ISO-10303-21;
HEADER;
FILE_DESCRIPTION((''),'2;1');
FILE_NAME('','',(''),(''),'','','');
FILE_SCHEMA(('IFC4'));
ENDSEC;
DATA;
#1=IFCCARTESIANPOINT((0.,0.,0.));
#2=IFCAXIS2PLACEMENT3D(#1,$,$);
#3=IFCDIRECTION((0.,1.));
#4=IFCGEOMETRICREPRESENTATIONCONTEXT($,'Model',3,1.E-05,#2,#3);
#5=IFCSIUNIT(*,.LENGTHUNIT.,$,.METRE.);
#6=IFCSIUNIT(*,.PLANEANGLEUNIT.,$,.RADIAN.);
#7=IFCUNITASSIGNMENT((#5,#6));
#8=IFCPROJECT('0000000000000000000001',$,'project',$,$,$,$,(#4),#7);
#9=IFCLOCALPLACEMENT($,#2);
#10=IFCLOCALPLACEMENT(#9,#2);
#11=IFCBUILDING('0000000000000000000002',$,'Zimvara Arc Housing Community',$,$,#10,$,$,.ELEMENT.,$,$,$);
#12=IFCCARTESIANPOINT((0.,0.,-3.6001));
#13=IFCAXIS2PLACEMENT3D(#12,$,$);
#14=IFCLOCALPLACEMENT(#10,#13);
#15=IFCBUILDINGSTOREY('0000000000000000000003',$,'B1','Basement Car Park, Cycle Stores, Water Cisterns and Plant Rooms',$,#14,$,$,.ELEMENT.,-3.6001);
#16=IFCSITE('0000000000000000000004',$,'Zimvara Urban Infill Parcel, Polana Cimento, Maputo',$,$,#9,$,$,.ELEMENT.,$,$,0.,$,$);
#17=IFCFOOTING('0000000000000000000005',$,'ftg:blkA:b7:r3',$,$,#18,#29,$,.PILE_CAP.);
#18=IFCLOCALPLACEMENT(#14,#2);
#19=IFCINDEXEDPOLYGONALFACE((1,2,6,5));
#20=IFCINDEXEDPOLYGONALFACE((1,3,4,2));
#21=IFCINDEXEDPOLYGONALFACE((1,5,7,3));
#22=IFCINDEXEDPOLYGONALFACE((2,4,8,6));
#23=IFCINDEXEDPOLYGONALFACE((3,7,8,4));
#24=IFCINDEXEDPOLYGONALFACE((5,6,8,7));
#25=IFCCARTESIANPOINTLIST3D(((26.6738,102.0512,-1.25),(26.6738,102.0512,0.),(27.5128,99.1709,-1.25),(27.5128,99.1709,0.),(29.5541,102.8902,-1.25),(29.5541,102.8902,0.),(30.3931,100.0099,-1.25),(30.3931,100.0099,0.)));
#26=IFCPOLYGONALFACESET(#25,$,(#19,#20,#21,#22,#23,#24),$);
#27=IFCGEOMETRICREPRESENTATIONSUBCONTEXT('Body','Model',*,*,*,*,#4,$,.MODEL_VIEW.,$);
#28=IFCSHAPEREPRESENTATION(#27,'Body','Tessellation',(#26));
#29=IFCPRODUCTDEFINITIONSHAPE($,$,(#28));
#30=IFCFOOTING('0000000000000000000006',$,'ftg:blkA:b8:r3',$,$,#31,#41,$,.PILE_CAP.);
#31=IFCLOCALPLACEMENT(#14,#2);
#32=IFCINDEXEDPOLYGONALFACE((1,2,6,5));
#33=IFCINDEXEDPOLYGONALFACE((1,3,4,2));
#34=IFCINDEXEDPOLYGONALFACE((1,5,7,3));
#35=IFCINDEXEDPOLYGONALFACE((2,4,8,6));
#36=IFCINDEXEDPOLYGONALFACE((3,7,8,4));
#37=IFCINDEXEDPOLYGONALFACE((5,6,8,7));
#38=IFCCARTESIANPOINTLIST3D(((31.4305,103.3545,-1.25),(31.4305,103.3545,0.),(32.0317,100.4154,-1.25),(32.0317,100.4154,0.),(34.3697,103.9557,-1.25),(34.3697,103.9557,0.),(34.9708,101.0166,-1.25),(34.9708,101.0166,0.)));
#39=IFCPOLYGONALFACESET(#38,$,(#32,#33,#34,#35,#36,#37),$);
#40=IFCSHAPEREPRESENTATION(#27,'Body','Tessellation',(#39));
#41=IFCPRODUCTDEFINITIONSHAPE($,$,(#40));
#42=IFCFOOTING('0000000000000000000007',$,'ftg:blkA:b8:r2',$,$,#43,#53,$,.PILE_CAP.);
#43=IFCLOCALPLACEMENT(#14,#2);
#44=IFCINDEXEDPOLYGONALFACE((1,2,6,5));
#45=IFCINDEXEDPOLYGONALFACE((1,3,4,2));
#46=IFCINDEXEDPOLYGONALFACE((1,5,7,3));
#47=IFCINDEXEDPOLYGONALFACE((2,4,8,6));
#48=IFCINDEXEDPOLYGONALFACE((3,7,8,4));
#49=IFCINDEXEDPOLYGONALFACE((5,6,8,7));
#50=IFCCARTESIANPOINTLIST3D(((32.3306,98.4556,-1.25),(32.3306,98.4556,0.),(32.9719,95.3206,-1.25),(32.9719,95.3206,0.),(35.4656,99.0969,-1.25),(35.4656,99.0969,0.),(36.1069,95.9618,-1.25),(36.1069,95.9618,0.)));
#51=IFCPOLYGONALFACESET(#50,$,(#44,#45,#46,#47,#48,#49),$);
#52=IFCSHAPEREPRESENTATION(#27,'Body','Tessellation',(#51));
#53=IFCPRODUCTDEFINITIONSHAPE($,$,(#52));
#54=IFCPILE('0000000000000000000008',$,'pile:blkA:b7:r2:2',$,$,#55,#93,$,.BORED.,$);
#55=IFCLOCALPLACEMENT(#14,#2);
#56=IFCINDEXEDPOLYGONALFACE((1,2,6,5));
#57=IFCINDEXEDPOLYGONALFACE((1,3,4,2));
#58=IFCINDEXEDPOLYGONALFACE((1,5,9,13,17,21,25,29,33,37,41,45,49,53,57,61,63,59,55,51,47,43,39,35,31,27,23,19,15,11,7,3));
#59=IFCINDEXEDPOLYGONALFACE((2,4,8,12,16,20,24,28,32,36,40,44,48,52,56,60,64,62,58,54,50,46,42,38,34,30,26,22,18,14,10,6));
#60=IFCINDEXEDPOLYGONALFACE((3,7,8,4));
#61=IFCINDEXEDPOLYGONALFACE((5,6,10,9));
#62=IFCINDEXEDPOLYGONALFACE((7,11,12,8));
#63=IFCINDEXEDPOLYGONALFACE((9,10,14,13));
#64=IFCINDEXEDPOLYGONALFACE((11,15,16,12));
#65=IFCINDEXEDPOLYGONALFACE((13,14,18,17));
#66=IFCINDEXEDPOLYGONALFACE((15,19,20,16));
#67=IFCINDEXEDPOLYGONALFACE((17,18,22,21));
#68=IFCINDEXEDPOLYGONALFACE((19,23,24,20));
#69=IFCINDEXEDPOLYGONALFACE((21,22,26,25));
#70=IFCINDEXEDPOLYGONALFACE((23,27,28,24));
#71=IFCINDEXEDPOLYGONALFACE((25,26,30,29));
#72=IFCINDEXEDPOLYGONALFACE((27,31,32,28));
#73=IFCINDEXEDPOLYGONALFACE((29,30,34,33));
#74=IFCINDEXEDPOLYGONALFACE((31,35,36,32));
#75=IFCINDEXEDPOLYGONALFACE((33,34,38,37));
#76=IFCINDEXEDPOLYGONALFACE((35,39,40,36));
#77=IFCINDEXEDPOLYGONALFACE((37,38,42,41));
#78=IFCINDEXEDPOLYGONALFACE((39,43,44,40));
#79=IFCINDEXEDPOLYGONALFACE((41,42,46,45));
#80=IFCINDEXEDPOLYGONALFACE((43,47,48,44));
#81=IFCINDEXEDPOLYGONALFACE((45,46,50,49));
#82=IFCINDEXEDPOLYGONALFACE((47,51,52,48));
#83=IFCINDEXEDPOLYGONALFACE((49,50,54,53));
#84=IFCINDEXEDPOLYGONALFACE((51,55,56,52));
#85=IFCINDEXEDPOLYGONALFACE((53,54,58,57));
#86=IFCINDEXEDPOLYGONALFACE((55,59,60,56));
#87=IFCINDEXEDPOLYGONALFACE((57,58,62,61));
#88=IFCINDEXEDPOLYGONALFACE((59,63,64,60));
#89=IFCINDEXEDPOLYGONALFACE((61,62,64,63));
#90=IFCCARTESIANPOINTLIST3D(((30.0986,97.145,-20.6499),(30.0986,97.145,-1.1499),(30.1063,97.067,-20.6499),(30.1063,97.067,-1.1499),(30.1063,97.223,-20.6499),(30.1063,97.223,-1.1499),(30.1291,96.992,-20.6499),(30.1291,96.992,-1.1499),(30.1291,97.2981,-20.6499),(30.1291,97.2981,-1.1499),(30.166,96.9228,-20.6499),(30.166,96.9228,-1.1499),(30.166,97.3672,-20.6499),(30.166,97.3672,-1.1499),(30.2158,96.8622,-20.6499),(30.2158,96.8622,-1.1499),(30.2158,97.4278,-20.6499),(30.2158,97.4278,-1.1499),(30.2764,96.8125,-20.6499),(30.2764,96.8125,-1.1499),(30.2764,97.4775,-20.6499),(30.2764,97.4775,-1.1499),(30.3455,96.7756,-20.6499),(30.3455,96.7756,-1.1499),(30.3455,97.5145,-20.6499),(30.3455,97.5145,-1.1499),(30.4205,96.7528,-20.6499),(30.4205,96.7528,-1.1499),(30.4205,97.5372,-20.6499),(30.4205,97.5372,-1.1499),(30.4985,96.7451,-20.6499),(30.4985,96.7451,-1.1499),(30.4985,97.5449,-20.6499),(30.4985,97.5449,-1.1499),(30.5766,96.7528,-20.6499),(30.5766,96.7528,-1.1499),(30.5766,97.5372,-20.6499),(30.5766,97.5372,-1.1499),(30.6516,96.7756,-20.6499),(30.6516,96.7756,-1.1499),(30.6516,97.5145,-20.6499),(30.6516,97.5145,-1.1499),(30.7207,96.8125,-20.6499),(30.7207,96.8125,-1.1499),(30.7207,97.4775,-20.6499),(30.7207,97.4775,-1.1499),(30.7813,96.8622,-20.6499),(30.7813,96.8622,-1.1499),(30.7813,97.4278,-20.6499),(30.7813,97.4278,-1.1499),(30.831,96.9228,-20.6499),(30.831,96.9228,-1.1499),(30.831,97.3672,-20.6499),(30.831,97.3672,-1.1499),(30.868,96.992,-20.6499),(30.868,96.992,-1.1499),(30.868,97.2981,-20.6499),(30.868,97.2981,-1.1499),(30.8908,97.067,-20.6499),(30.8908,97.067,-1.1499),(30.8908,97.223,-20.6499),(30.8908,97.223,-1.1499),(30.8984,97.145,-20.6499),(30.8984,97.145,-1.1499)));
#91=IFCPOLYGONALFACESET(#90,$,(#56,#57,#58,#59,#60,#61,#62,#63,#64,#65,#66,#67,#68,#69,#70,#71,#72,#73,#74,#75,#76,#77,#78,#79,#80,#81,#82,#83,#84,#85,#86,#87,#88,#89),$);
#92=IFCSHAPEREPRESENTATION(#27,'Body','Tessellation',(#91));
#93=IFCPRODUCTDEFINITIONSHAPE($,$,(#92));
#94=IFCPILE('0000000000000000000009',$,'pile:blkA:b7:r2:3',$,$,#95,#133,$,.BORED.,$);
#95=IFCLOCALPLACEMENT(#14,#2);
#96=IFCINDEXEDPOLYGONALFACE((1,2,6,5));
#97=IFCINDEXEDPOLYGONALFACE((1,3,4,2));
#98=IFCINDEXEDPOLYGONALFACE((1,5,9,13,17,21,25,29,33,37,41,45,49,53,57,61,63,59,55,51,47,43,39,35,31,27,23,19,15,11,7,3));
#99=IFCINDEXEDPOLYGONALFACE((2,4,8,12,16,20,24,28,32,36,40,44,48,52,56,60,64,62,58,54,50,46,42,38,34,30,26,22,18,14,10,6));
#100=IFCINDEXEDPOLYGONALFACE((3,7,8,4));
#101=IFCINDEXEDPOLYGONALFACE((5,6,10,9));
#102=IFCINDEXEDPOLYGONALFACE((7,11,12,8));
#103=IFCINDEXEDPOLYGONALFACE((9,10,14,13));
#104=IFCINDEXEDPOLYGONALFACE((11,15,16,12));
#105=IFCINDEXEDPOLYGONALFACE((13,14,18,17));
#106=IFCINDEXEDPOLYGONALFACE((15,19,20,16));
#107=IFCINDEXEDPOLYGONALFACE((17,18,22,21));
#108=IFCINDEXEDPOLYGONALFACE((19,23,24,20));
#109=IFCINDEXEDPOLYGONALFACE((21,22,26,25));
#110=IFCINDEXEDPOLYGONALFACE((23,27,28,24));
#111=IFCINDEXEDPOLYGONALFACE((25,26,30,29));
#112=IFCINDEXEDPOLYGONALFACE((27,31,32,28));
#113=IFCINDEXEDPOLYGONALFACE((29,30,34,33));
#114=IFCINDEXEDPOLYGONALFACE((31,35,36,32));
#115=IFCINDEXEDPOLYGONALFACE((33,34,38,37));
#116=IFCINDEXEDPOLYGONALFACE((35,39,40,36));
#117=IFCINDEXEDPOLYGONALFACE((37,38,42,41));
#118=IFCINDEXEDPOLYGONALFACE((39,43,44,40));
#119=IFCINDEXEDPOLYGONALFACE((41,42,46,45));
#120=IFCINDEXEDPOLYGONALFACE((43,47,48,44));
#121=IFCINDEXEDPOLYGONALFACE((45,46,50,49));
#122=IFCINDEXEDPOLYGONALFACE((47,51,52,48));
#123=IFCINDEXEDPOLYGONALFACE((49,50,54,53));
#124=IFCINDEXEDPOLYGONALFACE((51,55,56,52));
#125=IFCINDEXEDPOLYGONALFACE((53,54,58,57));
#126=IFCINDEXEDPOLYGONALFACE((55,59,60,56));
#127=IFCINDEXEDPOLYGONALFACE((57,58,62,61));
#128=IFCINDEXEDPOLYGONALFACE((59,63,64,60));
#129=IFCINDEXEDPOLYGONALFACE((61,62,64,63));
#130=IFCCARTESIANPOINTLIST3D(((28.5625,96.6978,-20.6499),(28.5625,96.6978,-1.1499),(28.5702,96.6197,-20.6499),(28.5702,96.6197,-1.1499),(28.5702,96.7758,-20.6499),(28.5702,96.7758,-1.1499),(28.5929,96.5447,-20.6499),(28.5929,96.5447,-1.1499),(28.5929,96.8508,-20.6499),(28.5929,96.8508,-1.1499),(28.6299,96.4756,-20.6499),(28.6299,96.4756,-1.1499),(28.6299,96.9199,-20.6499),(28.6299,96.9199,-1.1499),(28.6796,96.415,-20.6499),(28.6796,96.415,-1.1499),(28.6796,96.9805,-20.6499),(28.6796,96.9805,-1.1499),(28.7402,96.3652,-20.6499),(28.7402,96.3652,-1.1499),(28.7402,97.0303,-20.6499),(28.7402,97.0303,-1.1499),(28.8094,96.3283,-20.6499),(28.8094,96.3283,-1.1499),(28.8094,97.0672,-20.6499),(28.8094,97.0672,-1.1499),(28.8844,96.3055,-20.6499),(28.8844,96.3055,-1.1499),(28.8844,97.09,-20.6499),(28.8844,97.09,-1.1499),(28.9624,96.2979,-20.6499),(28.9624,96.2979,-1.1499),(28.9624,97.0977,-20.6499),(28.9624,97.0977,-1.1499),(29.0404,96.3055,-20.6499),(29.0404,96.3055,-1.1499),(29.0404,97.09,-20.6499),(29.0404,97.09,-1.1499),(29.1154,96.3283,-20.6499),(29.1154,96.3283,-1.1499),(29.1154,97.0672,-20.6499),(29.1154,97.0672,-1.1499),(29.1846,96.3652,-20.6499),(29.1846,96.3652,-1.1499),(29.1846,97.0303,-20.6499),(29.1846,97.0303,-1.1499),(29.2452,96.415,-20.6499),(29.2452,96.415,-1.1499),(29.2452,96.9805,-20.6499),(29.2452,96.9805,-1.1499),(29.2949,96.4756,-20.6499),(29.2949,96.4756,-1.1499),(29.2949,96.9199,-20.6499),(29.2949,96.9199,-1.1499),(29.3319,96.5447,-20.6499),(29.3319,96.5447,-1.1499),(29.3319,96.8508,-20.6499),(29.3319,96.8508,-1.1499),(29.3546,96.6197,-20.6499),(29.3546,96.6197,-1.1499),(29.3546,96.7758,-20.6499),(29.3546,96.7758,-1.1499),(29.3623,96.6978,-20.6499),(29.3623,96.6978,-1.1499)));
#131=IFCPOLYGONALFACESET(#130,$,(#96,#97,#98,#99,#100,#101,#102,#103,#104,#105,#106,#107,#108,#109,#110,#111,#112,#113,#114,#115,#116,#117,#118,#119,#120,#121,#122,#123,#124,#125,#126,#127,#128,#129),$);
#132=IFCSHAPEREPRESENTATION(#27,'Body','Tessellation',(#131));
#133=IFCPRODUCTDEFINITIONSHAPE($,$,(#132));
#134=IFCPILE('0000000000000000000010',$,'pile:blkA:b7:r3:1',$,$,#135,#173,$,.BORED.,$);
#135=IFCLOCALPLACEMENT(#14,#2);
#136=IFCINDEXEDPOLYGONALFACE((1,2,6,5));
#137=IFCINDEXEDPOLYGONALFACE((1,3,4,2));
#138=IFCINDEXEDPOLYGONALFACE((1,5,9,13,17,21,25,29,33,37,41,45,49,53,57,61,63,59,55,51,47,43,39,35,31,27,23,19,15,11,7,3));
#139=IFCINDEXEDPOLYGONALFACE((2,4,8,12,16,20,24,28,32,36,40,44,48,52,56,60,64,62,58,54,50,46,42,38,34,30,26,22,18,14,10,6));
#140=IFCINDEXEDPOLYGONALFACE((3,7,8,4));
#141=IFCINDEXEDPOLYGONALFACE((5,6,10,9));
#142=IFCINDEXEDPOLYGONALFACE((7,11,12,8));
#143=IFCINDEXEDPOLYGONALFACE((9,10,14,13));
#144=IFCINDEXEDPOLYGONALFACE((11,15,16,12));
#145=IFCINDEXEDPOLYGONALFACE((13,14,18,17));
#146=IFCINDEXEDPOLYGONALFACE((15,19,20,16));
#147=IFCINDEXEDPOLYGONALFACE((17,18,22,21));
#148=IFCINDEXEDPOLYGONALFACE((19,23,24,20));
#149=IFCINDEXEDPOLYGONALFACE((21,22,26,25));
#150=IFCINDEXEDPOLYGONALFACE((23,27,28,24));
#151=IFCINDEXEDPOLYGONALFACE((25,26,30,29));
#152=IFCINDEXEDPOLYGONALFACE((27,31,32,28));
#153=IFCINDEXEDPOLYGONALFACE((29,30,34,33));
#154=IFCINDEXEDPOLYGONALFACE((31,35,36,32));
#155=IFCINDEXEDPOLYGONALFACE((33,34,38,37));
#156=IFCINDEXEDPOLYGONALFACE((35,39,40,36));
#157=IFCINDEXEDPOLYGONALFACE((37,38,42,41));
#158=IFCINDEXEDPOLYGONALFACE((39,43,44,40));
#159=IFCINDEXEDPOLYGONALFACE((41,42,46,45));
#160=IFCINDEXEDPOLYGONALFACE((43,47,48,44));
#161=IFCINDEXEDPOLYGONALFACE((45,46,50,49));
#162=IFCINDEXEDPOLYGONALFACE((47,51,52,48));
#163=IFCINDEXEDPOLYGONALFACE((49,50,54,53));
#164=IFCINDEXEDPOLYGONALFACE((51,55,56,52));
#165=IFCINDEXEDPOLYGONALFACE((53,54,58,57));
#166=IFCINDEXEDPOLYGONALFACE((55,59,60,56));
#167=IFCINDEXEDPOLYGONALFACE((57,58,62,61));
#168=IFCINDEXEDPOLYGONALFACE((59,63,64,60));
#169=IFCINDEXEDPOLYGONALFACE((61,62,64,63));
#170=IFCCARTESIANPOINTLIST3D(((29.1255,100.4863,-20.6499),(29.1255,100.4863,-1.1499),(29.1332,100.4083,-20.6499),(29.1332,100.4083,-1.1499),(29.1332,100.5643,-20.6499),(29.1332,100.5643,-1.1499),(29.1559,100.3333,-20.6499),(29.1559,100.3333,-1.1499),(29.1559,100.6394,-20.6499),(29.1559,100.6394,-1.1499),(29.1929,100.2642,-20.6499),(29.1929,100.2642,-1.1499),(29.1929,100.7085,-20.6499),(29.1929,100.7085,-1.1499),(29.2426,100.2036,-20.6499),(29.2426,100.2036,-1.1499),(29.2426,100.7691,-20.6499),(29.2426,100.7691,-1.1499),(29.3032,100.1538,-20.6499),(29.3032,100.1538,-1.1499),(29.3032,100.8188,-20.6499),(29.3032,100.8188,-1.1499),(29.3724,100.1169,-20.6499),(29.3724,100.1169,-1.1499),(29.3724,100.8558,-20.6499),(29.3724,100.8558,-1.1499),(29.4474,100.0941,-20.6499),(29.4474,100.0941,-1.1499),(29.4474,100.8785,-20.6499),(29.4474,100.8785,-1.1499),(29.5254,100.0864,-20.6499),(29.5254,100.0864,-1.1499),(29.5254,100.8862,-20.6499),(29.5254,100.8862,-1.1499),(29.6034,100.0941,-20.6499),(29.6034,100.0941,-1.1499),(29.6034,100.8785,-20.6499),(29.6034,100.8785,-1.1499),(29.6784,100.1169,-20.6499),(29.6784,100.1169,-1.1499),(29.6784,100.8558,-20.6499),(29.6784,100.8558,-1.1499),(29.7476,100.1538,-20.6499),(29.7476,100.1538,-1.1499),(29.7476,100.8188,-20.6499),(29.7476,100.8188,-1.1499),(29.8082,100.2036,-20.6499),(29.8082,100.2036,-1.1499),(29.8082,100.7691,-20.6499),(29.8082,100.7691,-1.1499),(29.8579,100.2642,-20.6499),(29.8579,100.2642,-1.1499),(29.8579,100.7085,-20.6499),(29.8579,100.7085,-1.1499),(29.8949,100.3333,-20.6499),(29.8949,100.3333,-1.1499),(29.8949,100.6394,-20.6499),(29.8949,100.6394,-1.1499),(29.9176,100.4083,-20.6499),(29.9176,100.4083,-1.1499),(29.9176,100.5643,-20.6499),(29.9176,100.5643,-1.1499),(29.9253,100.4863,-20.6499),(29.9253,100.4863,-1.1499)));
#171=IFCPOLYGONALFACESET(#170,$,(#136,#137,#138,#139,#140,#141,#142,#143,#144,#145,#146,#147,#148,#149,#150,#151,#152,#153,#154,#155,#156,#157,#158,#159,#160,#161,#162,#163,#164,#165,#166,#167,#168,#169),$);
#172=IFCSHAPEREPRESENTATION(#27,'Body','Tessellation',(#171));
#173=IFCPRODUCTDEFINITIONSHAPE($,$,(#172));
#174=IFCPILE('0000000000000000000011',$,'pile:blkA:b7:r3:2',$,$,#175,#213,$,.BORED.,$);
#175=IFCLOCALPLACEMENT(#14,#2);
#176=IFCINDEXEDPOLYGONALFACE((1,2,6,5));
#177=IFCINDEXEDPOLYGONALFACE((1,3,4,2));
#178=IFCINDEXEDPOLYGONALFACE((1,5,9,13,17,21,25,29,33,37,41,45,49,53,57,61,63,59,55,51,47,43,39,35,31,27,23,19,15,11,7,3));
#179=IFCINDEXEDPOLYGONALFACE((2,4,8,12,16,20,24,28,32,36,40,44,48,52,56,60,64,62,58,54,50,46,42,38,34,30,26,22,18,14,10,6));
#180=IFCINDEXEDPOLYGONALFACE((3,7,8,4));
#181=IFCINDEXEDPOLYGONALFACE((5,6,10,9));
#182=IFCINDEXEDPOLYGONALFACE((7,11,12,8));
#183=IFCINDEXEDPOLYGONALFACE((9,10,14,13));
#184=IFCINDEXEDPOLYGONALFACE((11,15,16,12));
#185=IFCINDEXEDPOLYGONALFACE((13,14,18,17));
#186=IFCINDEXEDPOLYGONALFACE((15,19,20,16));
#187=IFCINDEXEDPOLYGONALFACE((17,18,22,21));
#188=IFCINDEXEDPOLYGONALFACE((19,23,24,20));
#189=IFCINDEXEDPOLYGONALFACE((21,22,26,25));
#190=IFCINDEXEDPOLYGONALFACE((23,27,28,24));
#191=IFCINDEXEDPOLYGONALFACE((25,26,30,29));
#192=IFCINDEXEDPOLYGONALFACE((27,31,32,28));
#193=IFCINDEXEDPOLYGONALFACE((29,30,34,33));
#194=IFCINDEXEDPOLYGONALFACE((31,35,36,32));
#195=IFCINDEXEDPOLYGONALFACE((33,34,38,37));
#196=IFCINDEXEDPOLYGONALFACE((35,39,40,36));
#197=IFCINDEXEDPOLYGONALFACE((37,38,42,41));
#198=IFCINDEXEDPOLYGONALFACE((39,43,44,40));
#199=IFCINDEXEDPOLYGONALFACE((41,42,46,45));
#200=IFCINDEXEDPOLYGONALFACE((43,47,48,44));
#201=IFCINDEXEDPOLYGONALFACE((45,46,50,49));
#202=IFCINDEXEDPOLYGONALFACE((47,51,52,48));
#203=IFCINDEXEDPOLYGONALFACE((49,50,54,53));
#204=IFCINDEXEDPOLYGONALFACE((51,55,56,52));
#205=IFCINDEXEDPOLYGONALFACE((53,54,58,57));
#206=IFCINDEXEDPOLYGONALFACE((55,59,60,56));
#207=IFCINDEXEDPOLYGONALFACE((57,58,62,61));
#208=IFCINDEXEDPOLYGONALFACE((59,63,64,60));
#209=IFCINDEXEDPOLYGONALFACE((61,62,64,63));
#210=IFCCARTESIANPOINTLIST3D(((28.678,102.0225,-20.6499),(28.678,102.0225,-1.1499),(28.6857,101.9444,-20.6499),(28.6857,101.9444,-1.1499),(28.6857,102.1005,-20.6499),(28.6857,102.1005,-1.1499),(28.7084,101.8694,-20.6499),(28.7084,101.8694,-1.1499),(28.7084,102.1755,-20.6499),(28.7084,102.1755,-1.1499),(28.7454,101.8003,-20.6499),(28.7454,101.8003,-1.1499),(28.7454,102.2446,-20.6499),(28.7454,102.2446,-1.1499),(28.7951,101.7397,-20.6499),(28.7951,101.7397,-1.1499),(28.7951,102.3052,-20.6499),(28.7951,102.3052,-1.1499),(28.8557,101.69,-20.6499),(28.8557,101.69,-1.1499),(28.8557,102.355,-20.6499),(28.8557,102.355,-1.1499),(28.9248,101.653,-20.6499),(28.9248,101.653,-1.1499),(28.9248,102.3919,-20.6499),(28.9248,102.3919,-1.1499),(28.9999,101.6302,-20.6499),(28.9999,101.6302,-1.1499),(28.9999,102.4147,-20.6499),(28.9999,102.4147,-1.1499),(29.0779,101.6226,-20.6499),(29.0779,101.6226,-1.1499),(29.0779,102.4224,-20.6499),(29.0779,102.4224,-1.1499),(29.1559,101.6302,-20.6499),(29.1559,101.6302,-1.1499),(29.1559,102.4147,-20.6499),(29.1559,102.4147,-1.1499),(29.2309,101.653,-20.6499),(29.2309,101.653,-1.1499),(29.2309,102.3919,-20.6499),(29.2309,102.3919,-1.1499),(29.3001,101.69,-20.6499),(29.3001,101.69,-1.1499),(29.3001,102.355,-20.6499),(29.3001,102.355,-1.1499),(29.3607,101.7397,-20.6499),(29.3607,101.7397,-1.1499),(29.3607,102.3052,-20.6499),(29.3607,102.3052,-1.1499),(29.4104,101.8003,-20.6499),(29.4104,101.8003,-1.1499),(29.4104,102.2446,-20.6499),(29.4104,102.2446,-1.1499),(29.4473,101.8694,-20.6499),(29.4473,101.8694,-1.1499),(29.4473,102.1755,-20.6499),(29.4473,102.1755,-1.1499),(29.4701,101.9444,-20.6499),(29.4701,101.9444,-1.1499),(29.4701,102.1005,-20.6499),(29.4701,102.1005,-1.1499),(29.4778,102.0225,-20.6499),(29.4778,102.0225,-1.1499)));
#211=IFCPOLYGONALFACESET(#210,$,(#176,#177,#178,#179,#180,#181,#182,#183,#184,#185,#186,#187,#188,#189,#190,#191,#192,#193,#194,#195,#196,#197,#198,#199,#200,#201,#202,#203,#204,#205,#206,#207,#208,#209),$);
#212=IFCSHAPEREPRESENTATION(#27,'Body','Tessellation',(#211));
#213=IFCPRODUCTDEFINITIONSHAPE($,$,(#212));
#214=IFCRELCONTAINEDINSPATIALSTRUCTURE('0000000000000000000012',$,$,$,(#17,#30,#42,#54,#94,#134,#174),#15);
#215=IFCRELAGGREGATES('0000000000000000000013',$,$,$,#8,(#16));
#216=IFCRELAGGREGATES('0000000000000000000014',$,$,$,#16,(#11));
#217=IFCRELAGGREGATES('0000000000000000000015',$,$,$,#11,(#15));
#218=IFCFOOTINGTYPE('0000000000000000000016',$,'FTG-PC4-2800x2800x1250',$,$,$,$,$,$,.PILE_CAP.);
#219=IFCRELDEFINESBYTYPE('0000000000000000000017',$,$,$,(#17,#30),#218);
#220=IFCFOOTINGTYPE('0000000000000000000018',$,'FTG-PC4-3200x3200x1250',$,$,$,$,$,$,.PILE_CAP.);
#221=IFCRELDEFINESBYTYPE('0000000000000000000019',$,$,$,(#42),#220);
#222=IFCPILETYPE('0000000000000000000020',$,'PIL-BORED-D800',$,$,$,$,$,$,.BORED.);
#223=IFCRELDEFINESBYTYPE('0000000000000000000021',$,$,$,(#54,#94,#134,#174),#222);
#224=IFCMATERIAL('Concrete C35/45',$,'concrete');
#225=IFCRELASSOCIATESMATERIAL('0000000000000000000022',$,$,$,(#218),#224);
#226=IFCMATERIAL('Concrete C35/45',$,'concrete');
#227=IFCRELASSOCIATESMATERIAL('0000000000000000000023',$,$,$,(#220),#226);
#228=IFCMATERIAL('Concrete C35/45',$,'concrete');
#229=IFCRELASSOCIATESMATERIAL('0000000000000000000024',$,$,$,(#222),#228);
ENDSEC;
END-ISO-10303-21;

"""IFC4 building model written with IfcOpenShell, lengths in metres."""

from ifc_helpers import new_model, si_unit, direction, frame, origin, origin_2d, place, context, subcontext, project, spatial, rectangle, circle, extrude, material, material_profile, profile_set, type_object, element, save


model = new_model("IFC4")

# Units and contexts
model_context = context("Model", 3, precision=1e-05, world=origin(), true_north=direction((0.0, 1.0)))
body_context = subcontext(model_context, "Body", "Model", "MODEL_VIEW")
ifc_project = project(units=[si_unit("LENGTHUNIT", "METRE"), si_unit("PLANEANGLEUNIT", "RADIAN")], contexts=[model_context])

# Site, building, storey
site_placement = place(None, origin())
site = spatial("IfcSite", under=ifc_project, at=site_placement, Name="Zimvara Urban Infill Parcel, Polana Cimento, Maputo", CompositionType="ELEMENT", RefElevation=0.0)
building_placement = place(site_placement, origin())
building = spatial("IfcBuilding", under=site, at=building_placement, Name="Zimvara Arc Housing Community", CompositionType="ELEMENT")
storey_placement = place(building_placement, frame((0.0, 0.0, -3.6001)))
storey = spatial("IfcBuildingStorey", under=building, at=storey_placement, Name="B1", Description="Basement Car Park, Cycle Stores, Water Cisterns and Plant Rooms", CompositionType="ELEMENT", Elevation=-3.6001)

# Footings
ifc_material_1 = material(Name="Concrete C35/45", Category="concrete")
footing_type_1 = type_object("IfcFootingType", Name="FTG-PC4-2800x2800x1250", PredefinedType="PILE_CAP", material=ifc_material_1)
for number, where, z_axis, x_axis, name in (
    (1, (28.5334, 101.0305, -1.25), (0.0, 0.0, 1.0), (-0.279661, 0.960099, 0.0), "ftg:blkA:b7:r3"),
    (2, (33.2007, 102.1855, -1.25), (0.0, 0.0, 1.0), (-0.200394, 0.979715, 0.0), "ftg:blkA:b8:r3"),
):
    element("IfcFooting", number, at=place(storey_placement, frame(where, z_axis=z_axis, x_axis=x_axis)), inside=storey, type_object=footing_type_1, Name=name, PredefinedType="PILE_CAP", context=body_context, shape_type="SweptSolid", body=[
        extrude(rectangle(XDim=3.0, YDim=3.0, at=origin_2d()), origin(), (0.0, 0.0, 1.0), 1.25),
    ])
ifc_material_2 = material(Name="Concrete C35/45", Category="concrete")
footing_type_2 = type_object("IfcFootingType", Name="FTG-PC4-3200x3200x1250", PredefinedType="PILE_CAP", material=ifc_material_2)
footing_placement = place(storey_placement, frame((34.2188, 97.2087, -1.25), z_axis=(0.0, 0.0, 1.0), x_axis=(-0.200394, 0.979715, 0.0)))
element("IfcFooting", 3, at=footing_placement, inside=storey, type_object=footing_type_2, Name="ftg:blkA:b8:r2", PredefinedType="PILE_CAP", context=body_context, shape_type="SweptSolid", body=[
    extrude(rectangle(XDim=3.2, YDim=3.2, at=origin_2d()), origin(), (0.0, 0.0, 1.0), 1.25),
])

# Piles
ifc_material_3 = material(Name="Concrete C35/45", Category="concrete")
ifc_material_profile_1 = material_profile(ifc_material_3, circle(Radius=0.3999, at=origin_2d()), Name="PILE D800")
ifc_profile_set_1 = profile_set([ifc_material_profile_1], Name="Concrete C35/45")
pile_type = type_object("IfcPileType", Name="PIL-BORED-D800", PredefinedType="BORED", material=ifc_profile_set_1)
for number, where, z_axis, x_axis, name in (
    (4, (30.4985, 97.145, -1.1499), (0.0, 0.0, -1.0), (1.0, 0.0, 0.0), "pile:blkA:b7:r2:2"),
    (5, (28.9624, 96.6978, -1.1499), (0.0, 0.0, -1.0), (1.0, 0.0, 0.0), "pile:blkA:b7:r2:3"),
    (6, (29.5254, 100.4863, -1.1499), (0.0, 0.0, -1.0), (1.0, 0.0, 0.0), "pile:blkA:b7:r3:1"),
    (7, (29.0779, 102.0225, -1.1499), (0.0, 0.0, -1.0), (1.0, 0.0, 0.0), "pile:blkA:b7:r3:2"),
):
    element("IfcPile", number, at=place(storey_placement, frame(where, z_axis=z_axis, x_axis=x_axis)), inside=storey, type_object=pile_type, Name=name, PredefinedType="BORED", context=body_context, shape_type="SweptSolid", body=[
        extrude(circle(Radius=0.3999, at=origin_2d()), origin(), (0.0, 0.0, 1.0), 19.5),
    ])

save(model, "model.ifc")
